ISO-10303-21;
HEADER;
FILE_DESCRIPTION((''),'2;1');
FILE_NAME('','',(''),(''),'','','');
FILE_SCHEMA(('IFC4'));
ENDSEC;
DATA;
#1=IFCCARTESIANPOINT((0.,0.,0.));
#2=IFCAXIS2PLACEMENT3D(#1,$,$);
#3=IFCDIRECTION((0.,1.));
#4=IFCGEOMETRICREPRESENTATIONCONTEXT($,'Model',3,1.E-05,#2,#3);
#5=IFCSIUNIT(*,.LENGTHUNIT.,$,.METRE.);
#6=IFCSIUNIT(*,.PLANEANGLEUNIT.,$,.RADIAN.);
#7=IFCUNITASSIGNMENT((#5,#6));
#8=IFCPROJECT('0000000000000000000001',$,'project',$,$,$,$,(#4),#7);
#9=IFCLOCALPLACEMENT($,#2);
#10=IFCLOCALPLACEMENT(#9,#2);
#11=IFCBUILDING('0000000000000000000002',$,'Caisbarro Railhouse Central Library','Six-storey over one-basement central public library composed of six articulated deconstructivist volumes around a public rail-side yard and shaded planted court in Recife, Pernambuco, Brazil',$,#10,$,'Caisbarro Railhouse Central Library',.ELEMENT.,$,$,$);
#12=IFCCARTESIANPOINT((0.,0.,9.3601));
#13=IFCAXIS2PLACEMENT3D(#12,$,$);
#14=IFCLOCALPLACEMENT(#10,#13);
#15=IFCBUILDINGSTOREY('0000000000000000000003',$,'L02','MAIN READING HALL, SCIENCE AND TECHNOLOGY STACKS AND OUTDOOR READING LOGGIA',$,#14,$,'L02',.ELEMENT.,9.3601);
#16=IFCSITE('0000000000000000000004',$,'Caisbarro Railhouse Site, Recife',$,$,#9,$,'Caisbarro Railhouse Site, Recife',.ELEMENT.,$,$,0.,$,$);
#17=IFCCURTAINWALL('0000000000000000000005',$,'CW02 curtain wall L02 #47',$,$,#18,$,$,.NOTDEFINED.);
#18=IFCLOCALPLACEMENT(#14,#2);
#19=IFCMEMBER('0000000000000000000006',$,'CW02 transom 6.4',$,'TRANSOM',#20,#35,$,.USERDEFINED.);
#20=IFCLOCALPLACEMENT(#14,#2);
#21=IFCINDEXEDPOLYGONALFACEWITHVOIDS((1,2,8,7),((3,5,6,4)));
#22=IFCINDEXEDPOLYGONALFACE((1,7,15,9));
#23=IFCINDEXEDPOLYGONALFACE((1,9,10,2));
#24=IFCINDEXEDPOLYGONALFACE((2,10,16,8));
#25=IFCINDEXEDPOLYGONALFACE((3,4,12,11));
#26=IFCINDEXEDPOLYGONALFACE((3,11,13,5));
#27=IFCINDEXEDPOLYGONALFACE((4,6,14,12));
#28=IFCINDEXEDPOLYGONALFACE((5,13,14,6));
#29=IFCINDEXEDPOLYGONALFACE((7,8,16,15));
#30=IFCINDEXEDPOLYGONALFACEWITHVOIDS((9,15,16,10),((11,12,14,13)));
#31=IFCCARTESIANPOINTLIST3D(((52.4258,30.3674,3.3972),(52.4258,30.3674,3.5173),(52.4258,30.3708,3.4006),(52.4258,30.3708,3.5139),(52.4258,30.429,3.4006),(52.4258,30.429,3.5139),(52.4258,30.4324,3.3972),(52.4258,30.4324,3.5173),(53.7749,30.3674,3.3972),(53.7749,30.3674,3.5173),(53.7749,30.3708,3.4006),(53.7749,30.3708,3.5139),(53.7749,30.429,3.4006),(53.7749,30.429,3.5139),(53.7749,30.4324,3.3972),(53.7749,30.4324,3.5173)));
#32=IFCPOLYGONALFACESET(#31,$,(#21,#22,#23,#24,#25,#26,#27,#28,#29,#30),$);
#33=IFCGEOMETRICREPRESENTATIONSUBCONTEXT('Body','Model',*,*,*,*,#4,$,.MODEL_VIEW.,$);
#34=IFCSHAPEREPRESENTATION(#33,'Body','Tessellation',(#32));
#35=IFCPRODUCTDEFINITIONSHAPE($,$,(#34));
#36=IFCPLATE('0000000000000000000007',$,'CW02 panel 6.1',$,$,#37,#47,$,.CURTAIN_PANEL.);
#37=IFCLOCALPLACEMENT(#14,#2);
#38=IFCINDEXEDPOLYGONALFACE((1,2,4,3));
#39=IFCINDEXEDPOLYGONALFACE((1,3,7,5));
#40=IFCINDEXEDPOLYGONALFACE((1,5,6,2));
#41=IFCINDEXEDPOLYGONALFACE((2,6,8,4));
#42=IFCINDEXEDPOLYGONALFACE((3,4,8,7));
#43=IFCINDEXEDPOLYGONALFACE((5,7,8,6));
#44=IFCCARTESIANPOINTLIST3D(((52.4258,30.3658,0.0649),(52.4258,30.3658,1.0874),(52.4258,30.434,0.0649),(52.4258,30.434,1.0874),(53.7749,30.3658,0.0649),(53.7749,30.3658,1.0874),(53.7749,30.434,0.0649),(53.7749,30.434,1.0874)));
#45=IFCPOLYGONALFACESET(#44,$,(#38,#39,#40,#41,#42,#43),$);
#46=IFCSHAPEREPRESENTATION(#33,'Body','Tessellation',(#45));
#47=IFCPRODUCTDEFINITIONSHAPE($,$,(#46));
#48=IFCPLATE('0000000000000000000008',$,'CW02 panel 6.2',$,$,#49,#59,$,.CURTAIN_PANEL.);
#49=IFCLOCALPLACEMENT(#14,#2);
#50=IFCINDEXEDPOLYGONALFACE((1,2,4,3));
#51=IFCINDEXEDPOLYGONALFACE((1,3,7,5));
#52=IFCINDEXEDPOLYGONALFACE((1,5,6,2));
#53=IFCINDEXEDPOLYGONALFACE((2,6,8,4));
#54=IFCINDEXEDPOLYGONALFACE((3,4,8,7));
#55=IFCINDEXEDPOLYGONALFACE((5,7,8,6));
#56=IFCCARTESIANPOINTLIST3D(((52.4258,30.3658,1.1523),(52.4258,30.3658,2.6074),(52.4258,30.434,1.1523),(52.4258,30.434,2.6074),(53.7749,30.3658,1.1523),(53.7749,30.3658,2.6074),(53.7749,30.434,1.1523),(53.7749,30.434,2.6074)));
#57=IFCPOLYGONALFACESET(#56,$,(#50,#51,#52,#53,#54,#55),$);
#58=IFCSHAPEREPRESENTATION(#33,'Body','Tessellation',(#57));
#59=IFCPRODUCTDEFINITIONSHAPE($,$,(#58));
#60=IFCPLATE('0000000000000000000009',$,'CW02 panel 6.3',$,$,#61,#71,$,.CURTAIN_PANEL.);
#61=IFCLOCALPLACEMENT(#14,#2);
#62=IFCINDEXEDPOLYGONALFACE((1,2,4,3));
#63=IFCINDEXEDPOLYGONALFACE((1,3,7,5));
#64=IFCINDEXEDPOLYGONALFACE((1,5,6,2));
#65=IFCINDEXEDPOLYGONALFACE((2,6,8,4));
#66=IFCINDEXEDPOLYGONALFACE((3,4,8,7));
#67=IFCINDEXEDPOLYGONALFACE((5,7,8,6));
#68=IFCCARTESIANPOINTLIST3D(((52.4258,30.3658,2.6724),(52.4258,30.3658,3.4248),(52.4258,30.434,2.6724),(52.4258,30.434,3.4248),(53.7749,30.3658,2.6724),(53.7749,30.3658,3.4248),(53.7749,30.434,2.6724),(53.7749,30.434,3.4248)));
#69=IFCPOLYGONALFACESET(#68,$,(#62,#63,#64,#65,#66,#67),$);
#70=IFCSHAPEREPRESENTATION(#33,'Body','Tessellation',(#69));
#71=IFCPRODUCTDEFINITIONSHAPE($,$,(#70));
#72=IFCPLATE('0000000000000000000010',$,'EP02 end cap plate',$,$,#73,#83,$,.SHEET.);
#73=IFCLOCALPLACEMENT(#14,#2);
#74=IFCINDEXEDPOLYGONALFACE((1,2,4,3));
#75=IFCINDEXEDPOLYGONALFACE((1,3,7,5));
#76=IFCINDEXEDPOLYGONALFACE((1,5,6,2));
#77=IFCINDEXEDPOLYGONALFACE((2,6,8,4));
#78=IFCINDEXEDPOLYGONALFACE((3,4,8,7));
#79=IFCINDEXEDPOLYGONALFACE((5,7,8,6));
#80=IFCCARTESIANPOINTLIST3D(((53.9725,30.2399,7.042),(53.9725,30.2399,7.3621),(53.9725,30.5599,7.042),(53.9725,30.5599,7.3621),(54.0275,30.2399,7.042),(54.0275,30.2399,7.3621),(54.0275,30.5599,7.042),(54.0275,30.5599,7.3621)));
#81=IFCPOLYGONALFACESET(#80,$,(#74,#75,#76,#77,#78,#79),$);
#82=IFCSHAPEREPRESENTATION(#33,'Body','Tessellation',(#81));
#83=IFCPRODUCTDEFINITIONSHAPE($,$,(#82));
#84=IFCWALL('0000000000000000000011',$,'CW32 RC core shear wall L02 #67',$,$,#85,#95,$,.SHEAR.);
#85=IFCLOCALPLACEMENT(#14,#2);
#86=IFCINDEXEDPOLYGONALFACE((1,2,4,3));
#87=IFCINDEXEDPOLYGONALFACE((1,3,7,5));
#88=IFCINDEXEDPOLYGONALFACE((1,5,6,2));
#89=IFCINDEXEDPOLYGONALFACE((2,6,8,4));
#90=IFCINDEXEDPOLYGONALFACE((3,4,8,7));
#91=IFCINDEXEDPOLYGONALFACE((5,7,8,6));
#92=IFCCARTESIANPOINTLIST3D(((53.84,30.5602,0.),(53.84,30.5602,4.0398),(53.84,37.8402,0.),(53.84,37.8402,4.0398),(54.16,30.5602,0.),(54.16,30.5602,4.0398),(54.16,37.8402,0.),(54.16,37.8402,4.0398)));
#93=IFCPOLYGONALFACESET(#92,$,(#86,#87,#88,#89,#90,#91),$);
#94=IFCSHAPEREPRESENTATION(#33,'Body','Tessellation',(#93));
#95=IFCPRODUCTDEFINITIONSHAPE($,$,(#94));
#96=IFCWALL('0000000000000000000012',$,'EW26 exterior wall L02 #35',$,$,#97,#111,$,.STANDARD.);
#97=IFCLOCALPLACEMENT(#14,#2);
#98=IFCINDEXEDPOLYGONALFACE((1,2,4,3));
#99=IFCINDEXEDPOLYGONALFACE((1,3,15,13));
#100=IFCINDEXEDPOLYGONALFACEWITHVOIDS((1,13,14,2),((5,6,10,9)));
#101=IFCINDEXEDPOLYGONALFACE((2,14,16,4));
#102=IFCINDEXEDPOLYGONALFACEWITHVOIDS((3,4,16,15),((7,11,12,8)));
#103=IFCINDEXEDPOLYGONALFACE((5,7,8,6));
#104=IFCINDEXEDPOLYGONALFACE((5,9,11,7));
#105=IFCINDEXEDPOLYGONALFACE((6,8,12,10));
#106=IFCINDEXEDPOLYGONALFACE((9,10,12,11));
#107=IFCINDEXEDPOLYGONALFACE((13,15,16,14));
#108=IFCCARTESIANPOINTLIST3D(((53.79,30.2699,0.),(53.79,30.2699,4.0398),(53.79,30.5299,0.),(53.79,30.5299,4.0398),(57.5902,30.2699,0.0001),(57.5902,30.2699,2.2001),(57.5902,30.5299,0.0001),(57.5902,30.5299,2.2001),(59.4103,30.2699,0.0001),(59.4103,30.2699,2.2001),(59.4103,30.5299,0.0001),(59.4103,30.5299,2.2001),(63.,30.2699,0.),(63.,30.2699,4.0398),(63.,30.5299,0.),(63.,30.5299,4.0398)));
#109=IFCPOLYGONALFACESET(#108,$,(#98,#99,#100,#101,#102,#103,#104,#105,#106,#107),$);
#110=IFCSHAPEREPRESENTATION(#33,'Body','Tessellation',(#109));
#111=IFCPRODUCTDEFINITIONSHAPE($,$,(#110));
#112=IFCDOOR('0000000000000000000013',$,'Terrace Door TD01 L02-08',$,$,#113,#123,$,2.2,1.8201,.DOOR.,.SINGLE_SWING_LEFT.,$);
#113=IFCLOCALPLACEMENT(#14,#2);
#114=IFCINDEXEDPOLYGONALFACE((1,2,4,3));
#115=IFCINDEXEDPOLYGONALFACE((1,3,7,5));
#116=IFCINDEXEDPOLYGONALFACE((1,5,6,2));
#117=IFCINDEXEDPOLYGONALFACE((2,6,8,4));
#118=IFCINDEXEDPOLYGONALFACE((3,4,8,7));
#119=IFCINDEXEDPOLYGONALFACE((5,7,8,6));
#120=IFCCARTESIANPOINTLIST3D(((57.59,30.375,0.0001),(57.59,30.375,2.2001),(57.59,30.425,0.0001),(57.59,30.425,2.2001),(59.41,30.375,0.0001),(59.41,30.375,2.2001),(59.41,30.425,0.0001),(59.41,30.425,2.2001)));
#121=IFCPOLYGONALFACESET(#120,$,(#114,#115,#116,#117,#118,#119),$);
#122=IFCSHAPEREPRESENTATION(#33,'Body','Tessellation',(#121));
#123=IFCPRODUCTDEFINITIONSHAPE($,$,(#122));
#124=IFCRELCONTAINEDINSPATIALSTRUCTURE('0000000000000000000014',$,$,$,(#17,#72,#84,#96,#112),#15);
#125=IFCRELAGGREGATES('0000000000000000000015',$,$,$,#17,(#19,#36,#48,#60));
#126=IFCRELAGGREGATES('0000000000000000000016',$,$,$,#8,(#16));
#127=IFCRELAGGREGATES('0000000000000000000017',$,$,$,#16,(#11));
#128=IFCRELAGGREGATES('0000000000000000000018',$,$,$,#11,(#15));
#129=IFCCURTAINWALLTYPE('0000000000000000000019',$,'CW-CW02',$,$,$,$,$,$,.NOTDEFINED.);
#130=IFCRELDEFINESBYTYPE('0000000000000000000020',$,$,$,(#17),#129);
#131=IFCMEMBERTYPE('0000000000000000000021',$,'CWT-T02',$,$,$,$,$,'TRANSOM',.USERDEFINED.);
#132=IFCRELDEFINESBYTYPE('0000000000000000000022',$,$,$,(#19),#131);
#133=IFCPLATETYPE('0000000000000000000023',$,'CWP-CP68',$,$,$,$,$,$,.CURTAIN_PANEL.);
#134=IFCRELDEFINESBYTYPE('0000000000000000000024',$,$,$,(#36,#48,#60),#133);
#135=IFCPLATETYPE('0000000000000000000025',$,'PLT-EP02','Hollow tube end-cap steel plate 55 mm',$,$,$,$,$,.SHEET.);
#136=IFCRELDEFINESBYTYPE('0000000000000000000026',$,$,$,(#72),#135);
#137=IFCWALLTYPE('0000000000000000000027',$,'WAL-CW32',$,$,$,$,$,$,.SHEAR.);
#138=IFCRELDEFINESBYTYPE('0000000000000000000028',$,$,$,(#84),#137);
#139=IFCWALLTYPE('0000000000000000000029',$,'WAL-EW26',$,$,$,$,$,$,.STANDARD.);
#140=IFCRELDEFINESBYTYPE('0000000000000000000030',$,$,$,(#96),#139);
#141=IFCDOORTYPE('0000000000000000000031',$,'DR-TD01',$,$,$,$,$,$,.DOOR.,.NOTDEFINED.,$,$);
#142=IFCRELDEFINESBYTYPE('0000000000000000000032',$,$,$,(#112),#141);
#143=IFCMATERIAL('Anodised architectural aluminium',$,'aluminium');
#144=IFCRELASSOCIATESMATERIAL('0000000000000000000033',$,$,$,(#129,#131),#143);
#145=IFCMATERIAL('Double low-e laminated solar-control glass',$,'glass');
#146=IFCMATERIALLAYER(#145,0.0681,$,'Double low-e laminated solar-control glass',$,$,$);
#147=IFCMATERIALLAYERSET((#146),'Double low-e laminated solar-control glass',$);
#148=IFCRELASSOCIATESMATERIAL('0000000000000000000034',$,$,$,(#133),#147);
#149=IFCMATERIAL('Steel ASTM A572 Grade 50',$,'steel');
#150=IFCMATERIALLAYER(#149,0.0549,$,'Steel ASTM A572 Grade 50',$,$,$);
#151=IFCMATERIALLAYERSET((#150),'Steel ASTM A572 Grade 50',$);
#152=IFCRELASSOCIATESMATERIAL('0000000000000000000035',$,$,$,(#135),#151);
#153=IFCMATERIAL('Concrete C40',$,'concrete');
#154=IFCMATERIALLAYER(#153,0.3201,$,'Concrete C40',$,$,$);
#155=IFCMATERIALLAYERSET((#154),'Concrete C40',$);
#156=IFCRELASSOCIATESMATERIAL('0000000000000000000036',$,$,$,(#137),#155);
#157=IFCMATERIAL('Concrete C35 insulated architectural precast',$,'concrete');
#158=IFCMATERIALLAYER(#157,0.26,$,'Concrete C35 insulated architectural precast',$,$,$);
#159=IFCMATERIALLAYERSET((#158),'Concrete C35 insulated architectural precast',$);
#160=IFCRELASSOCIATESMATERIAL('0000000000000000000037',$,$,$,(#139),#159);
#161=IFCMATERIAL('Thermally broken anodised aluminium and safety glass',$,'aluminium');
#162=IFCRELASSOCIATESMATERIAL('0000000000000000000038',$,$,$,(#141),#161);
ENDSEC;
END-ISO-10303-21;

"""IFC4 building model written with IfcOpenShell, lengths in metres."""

from ifc_helpers import new_model, si_unit, direction, frame, frame_2d, origin, origin_2d, place, context, subcontext, project, spatial, rectangle, hollow_rectangle, extrude, material, layer, layer_set, material_profile, profile_set, type_object, element, fill, aggregate, save


model = new_model("IFC4")

# Units and contexts
model_context = context("Model", 3, precision=1e-05, world=origin(), true_north=direction((0.0, 1.0)))
body_context = subcontext(model_context, "Body", "Model", "MODEL_VIEW")
ifc_project = project(units=[si_unit("LENGTHUNIT", "METRE"), si_unit("PLANEANGLEUNIT", "RADIAN")], contexts=[model_context])

# Site, building, storey
site_placement = place(None, origin())
site = spatial("IfcSite", under=ifc_project, at=site_placement, Name="Caisbarro Railhouse Site, Recife", LongName="Caisbarro Railhouse Site, Recife", CompositionType="ELEMENT", RefElevation=0.0)
building_placement = place(site_placement, origin())
building = spatial("IfcBuilding", under=site, at=building_placement, Name="Caisbarro Railhouse Central Library", Description="Six-storey over one-basement central public library composed of six articulated deconstructivist volumes around a public rail-side yard and shaded planted court in Recife, Pernambuco, Brazil", LongName="Caisbarro Railhouse Central Library", CompositionType="ELEMENT")
storey_placement = place(building_placement, frame((0.0, 0.0, 9.3601)))
storey = spatial("IfcBuildingStorey", under=building, at=storey_placement, Name="L02", Description="MAIN READING HALL, SCIENCE AND TECHNOLOGY STACKS AND OUTDOOR READING LOGGIA", LongName="L02", CompositionType="ELEMENT", Elevation=9.3601)

# Shared definitions
ifc_material_1 = material(Name="Steel ASTM A572 Grade 50", Category="steel")

# Curtain wall, member, plates
ifc_material_2 = material(Name="Anodised architectural aluminium", Category="aluminium")
curtain_wall_type = type_object("IfcCurtainWallType", Name="CW-CW02", PredefinedType="NOTDEFINED", material=ifc_material_2)
curtain_wall_placement = place(storey_placement, origin())
curtain_wall = element("IfcCurtainWall", 1, at=curtain_wall_placement, inside=storey, type_object=curtain_wall_type, Name="CW02 curtain wall L02 #47", PredefinedType="NOTDEFINED")
ifc_material_profile_1 = material_profile(ifc_material_2, hollow_rectangle(XDim=0.0649, YDim=0.1201, WallThickness=0.0034, at=origin_2d()), Name="ALU-TRN-65X120")
ifc_profile_set_1 = profile_set([ifc_material_profile_1], Name="Anodised architectural aluminium")
member_type_1 = type_object("IfcMemberType", Name="CWT-T02", ElementType="TRANSOM", PredefinedType="USERDEFINED", material=ifc_profile_set_1)
member_1_placement = place(storey_placement, frame((52.4258, 30.3999, 3.4573), z_axis=(1.0, 0.0, 0.0), x_axis=(0.0, 1.0, 0.0)))
member_1 = element("IfcMember", 2, at=member_1_placement, type_object=member_type_1, Name="CW02 transom 6.4", ObjectType="TRANSOM", PredefinedType="USERDEFINED", context=body_context, shape_type="SweptSolid", body=[
    extrude(hollow_rectangle(XDim=0.0649, YDim=0.1201, WallThickness=0.0034, at=origin_2d()), origin(), (0.0, 0.0, 1.0), 1.3491),
])
ifc_material_3 = material(Name="Double low-e laminated solar-control glass", Category="glass")
ifc_layer_1 = layer(ifc_material_3, 0.0681, Name="Double low-e laminated solar-control glass")
ifc_layer_set_1 = layer_set([ifc_layer_1], Name="Double low-e laminated solar-control glass")
plate_type_1 = type_object("IfcPlateType", Name="CWP-CP68", PredefinedType="CURTAIN_PANEL", material=ifc_layer_set_1)
plate_1_placement = place(storey_placement, frame((53.1003, 30.3999, 0.0649), z_axis=(0.0, 0.0, 1.0), x_axis=(1.0, 0.0, 0.0)))
plate_1 = element("IfcPlate", 3, at=plate_1_placement, type_object=plate_type_1, Name="CW02 panel 6.1", PredefinedType="CURTAIN_PANEL", context=body_context, shape_type="SweptSolid", body=[
    extrude(rectangle(XDim=1.3491, YDim=0.0681, at=origin_2d()), origin(), (0.0, 0.0, 1.0), 1.0225),
])
plate_2_placement = place(storey_placement, frame((53.1003, 30.3999, 1.1523), z_axis=(0.0, 0.0, 1.0), x_axis=(1.0, 0.0, 0.0)))
plate_2 = element("IfcPlate", 4, at=plate_2_placement, type_object=plate_type_1, Name="CW02 panel 6.2", PredefinedType="CURTAIN_PANEL", context=body_context, shape_type="SweptSolid", body=[
    extrude(rectangle(XDim=1.3491, YDim=0.0681, at=origin_2d()), origin(), (0.0, 0.0, 1.0), 1.4551),
])
plate_3_placement = place(storey_placement, frame((53.1003, 30.3999, 2.6724), z_axis=(0.0, 0.0, 1.0), x_axis=(1.0, 0.0, 0.0)))
plate_3 = element("IfcPlate", 5, at=plate_3_placement, type_object=plate_type_1, Name="CW02 panel 6.3", PredefinedType="CURTAIN_PANEL", context=body_context, shape_type="SweptSolid", body=[
    extrude(rectangle(XDim=1.3491, YDim=0.0681, at=origin_2d()), origin(), (0.0, 0.0, 1.0), 0.7524),
])
aggregate(curtain_wall, [member_1, plate_1, plate_2, plate_3])

# Plate
ifc_layer_2 = layer(ifc_material_1, 0.0549, Name="Steel ASTM A572 Grade 50")
ifc_layer_set_2 = layer_set([ifc_layer_2], Name="Steel ASTM A572 Grade 50")
plate_type_2 = type_object("IfcPlateType", Name="PLT-EP02", Description="Hollow tube end-cap steel plate 55 mm", PredefinedType="SHEET", material=ifc_layer_set_2)
plate_4_placement = place(storey_placement, frame((54.0, 30.3999, 7.042), z_axis=(0.0, 0.0, 1.0), x_axis=(1.0, 0.0, 0.0)))
element("IfcPlate", 6, at=plate_4_placement, inside=storey, type_object=plate_type_2, Name="EP02 end cap plate", PredefinedType="SHEET", context=body_context, shape_type="SweptSolid", body=[
    extrude(rectangle(XDim=0.0549, YDim=0.3201, at=origin_2d()), origin(), (0.0, 0.0, 1.0), 0.3201),
])

# Wall
ifc_material_4 = material(Name="Concrete C40", Category="concrete")
ifc_layer_3 = layer(ifc_material_4, 0.3201, Name="Concrete C40")
ifc_layer_set_3 = layer_set([ifc_layer_3], Name="Concrete C40")
wall_type_1 = type_object("IfcWallType", Name="WAL-CW32", PredefinedType="SHEAR", material=ifc_layer_set_3)
wall_1_placement = place(storey_placement, frame((54.0, 30.5601, 0.0), z_axis=(0.0, 0.0, 1.0), x_axis=(0.0, 1.0, 0.0)))
element("IfcWall", 7, at=wall_1_placement, inside=storey, type_object=wall_type_1, Name="CW32 RC core shear wall L02 #67", PredefinedType="SHEAR", context=body_context, shape_type="SweptSolid", body=[
    extrude(rectangle(XDim=7.28, YDim=0.3201, at=frame_2d((3.6401, 0.0))), origin(), (0.0, 0.0, 1.0), 4.0398),
])

# Wall, opening, door
ifc_material_5 = material(Name="Concrete C35 insulated architectural precast", Category="concrete")
ifc_layer_4 = layer(ifc_material_5, 0.26, Name="Concrete C35 insulated architectural precast")
ifc_layer_set_4 = layer_set([ifc_layer_4], Name="Concrete C35 insulated architectural precast")
wall_type_2 = type_object("IfcWallType", Name="WAL-EW26", PredefinedType="STANDARD", material=ifc_layer_set_4)
wall_2_placement = place(storey_placement, frame((53.79, 30.3999, 0.0), z_axis=(0.0, 0.0, 1.0), x_axis=(1.0, 0.0, 0.0)))
wall_2 = element("IfcWall", 8, at=wall_2_placement, inside=storey, type_object=wall_type_2, Name="EW26 exterior wall L02 #35", PredefinedType="STANDARD", context=body_context, shape_type="SweptSolid", body=[
    extrude(rectangle(XDim=9.21, YDim=0.26, at=frame_2d((4.605, 0.0))), origin(), (0.0, 0.0, 1.0), 4.0398),
])
opening_placement = place(wall_2_placement, frame((3.8, 0.0, 0.0)))
opening = element("IfcOpeningElement", 9, at=opening_placement, cuts=wall_2, PredefinedType="OPENING", context=body_context, shape_type="SweptSolid", body=[
    extrude(rectangle(XDim=1.8201, YDim=2.2, at=frame_2d((0.9102, 1.1001))), frame((0.0, 0.1401, 0.0), z_axis=(0.0, -1.0, 0.0), x_axis=(1.0, 0.0, 0.0)), (0.0, 0.0, 1.0), 0.28),
])
ifc_material_6 = material(Name="Thermally broken anodised aluminium and safety glass", Category="aluminium")
door_type = type_object("IfcDoorType", Name="DR-TD01", OperationType="NOTDEFINED", PredefinedType="DOOR", material=ifc_material_6)
door_placement = place(opening_placement, frame((1.8201, 0.0, 0.0), z_axis=(0.0, 0.0, 1.0), x_axis=(-1.0, 0.0, 0.0)))
door = element("IfcDoor", 10, at=door_placement, inside=storey, type_object=door_type, Name="Terrace Door TD01 L02-08", OperationType="SINGLE_SWING_LEFT", OverallHeight=2.2, OverallWidth=1.8201, PredefinedType="DOOR", context=body_context, shape_type="SweptSolid", body=[
    extrude(rectangle(XDim=1.8201, YDim=2.2, at=frame_2d((0.9102, 1.1001))), frame((0.0, 0.0249, 0.0), z_axis=(0.0, -1.0, 0.0), x_axis=(1.0, 0.0, 0.0)), (0.0, 0.0, 1.0), 0.05),
])
fill(opening, door)

save(model, "model.ifc")
